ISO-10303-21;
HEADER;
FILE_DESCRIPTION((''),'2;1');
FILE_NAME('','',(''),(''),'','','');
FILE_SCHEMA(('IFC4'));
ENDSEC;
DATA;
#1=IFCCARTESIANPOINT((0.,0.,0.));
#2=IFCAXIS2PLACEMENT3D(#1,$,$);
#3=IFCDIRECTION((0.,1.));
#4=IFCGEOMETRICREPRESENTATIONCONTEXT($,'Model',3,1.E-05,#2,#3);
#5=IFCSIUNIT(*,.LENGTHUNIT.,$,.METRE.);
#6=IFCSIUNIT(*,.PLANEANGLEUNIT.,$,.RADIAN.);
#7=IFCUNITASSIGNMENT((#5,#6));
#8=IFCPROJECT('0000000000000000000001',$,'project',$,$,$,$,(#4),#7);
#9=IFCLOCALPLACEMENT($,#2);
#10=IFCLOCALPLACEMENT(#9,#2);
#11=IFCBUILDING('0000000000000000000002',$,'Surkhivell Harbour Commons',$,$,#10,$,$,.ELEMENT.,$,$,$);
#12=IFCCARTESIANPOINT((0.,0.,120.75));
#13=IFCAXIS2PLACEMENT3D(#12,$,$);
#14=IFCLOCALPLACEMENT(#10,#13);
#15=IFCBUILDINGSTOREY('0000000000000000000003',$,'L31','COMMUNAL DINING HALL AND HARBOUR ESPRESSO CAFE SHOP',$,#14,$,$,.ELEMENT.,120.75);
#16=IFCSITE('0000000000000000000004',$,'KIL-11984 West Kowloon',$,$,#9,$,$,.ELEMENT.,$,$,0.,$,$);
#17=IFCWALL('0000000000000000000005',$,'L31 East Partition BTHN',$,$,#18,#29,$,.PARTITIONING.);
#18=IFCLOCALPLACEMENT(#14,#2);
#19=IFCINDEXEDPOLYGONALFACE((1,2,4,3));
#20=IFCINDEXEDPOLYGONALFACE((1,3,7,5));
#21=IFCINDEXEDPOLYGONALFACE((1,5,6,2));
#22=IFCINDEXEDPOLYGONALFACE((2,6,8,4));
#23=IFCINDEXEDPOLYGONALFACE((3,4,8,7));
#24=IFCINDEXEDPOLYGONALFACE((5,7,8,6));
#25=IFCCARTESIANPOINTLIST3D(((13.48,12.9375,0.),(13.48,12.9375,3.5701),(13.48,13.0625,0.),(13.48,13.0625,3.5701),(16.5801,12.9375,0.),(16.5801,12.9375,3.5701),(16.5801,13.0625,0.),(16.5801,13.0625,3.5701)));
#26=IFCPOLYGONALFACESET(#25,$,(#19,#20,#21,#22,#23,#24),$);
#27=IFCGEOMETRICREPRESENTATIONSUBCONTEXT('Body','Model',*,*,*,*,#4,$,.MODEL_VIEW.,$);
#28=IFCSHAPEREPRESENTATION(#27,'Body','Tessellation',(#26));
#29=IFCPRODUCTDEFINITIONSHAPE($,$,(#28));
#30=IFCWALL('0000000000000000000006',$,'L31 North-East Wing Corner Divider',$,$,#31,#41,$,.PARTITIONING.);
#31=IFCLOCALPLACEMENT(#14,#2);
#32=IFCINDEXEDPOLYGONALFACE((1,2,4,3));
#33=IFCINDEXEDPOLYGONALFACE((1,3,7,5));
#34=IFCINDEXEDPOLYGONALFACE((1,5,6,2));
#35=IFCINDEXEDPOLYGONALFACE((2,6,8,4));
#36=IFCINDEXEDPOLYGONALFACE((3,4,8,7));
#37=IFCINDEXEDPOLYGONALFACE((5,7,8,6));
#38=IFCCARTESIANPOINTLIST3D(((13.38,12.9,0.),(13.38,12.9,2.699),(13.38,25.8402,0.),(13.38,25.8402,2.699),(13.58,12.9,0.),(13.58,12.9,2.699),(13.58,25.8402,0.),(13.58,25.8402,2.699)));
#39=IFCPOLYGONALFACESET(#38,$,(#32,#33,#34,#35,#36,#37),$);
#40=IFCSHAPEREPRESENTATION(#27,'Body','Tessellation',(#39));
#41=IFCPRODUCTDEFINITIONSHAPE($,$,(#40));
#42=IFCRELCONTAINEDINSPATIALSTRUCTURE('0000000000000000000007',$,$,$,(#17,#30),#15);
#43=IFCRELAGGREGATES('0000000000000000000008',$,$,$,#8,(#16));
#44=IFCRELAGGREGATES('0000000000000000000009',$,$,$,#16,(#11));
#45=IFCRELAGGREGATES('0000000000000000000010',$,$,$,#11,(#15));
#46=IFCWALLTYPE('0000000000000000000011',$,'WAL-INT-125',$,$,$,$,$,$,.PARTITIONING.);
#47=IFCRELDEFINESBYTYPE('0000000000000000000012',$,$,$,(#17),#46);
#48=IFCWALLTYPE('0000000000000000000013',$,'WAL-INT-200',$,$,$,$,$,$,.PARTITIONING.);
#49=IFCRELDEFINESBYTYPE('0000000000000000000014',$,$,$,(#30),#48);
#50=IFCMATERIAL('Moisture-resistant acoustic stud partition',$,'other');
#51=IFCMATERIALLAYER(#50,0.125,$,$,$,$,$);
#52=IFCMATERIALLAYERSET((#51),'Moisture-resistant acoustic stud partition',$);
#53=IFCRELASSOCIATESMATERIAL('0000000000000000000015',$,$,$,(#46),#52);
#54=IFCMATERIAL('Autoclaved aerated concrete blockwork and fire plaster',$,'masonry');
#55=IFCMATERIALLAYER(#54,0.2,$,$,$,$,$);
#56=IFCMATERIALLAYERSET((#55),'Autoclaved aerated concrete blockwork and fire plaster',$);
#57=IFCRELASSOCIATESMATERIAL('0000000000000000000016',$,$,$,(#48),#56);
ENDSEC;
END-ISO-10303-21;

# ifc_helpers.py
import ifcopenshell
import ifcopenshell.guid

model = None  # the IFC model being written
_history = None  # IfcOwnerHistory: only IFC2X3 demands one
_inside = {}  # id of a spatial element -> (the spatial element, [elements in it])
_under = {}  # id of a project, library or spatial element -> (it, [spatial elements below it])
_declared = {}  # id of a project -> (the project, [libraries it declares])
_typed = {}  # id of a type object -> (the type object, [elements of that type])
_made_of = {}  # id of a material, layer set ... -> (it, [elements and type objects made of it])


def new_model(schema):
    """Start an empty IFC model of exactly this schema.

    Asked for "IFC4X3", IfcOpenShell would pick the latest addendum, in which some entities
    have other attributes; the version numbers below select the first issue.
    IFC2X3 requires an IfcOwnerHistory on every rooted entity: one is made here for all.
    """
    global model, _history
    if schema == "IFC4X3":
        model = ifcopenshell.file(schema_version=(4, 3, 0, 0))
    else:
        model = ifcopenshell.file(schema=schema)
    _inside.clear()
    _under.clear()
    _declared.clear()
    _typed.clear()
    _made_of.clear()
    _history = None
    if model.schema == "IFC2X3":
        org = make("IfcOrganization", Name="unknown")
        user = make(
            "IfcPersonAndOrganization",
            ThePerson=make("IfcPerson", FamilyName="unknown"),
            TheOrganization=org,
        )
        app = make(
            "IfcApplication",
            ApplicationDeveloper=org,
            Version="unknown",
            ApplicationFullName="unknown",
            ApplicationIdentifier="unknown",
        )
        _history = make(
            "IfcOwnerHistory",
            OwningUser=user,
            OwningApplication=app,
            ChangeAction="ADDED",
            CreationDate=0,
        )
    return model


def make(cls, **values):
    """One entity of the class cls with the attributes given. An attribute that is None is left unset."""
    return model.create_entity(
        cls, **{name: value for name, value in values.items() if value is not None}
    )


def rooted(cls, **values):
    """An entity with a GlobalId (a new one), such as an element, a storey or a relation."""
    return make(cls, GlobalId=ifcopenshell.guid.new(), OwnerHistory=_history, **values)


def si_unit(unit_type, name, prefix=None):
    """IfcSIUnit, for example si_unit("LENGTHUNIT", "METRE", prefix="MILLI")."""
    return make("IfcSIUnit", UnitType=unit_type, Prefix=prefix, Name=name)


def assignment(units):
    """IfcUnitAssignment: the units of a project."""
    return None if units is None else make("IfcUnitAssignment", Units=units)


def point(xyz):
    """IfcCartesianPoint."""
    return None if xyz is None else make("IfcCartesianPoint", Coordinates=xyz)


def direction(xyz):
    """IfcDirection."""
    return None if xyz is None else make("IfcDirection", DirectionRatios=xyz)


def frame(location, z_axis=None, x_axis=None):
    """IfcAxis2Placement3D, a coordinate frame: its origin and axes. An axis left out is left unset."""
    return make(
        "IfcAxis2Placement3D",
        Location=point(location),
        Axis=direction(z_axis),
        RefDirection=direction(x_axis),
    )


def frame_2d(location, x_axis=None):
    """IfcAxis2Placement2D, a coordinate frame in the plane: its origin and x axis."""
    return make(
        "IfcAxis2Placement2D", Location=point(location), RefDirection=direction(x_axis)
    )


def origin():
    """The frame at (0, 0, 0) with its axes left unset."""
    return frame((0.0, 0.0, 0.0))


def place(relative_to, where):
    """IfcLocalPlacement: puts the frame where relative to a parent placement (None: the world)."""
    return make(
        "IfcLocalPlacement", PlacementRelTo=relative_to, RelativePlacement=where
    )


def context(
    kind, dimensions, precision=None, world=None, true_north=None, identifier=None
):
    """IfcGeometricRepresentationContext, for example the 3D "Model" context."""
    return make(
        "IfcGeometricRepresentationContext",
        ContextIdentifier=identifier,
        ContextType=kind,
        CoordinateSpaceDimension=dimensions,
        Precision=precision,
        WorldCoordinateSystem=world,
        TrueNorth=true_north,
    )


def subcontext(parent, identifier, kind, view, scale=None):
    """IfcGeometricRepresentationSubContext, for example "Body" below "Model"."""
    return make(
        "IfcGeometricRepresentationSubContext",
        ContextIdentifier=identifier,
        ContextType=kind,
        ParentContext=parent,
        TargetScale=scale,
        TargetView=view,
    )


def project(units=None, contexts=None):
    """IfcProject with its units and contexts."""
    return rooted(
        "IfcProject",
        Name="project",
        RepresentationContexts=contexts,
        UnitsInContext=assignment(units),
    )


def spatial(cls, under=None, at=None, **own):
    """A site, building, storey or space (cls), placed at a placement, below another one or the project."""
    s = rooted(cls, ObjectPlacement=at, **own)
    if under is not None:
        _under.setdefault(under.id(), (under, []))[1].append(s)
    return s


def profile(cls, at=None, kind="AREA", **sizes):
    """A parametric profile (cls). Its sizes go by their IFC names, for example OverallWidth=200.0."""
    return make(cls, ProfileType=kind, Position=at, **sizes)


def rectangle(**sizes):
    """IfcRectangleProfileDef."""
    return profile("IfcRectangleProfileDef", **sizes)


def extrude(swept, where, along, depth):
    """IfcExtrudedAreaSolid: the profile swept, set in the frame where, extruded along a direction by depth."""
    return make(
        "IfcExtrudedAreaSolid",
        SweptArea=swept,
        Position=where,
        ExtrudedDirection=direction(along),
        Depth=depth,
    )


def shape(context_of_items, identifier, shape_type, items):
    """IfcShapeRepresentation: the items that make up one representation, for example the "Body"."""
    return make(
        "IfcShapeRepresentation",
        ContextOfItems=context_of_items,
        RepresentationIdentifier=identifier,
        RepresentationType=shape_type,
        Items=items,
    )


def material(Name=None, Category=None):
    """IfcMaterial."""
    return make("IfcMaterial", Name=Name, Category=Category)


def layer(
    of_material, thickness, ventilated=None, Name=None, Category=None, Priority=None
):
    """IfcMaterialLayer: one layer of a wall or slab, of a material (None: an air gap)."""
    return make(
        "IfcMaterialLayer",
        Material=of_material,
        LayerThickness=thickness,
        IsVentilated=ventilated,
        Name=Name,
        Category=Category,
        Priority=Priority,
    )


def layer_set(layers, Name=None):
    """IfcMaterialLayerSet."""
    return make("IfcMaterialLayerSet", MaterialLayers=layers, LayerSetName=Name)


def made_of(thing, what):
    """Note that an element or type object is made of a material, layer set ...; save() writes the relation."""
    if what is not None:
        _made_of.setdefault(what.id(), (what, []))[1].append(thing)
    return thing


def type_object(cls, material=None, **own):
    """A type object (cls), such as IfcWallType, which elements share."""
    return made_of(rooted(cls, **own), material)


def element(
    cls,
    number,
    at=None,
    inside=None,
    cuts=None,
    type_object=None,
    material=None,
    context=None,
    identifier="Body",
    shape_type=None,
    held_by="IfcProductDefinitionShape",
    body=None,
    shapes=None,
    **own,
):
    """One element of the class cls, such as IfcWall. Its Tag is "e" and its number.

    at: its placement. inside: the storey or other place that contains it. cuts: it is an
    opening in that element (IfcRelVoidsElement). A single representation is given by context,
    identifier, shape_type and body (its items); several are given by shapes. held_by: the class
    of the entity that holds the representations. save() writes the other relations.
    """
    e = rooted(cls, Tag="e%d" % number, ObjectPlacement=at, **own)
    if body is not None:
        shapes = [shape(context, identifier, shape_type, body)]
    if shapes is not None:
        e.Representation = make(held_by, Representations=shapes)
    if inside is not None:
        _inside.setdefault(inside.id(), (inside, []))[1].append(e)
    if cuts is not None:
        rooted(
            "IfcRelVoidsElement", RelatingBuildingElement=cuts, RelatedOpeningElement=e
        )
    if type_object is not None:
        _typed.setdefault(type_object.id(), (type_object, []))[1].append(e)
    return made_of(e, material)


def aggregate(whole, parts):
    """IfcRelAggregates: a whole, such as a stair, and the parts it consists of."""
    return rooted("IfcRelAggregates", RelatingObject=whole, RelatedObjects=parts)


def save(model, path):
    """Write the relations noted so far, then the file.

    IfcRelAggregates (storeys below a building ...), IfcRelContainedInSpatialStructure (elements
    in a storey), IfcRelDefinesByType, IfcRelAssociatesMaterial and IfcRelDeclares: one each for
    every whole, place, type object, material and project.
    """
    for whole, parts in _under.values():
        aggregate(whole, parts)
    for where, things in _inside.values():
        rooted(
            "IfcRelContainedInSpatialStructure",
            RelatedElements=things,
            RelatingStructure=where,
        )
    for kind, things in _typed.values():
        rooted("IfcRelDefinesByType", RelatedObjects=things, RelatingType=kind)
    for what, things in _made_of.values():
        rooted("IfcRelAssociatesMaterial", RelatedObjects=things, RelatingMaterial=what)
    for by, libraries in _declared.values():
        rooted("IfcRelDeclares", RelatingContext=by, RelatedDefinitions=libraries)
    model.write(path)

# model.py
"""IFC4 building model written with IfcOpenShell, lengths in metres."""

from ifc_helpers import new_model, si_unit, direction, frame, frame_2d, origin, place, context, subcontext, project, spatial, rectangle, extrude, material, layer, layer_set, type_object, element, save


model = new_model("IFC4")

# Units and contexts
model_context = context("Model", 3, precision=1e-05, world=origin(), true_north=direction((0.0, 1.0)))
body_context = subcontext(model_context, "Body", "Model", "MODEL_VIEW")
ifc_project = project(units=[si_unit("LENGTHUNIT", "METRE"), si_unit("PLANEANGLEUNIT", "RADIAN")], contexts=[model_context])

# Site, building, storey
site_placement = place(None, origin())
site = spatial("IfcSite", under=ifc_project, at=site_placement, Name="KIL-11984 West Kowloon", CompositionType="ELEMENT", RefElevation=0.0)
building_placement = place(site_placement, origin())
building = spatial("IfcBuilding", under=site, at=building_placement, Name="Surkhivell Harbour Commons", CompositionType="ELEMENT")
storey_placement = place(building_placement, frame((0.0, 0.0, 120.75)))
storey = spatial("IfcBuildingStorey", under=building, at=storey_placement, Name="L31", Description="COMMUNAL DINING HALL AND HARBOUR ESPRESSO CAFE SHOP", CompositionType="ELEMENT", Elevation=120.75)

# Walls
ifc_material_1 = material(Name="Moisture-resistant acoustic stud partition", Category="other")
ifc_layer_1 = layer(ifc_material_1, 0.125)
ifc_layer_set_1 = layer_set([ifc_layer_1], Name="Moisture-resistant acoustic stud partition")
wall_type_1 = type_object("IfcWallType", Name="WAL-INT-125", PredefinedType="PARTITIONING", material=ifc_layer_set_1)
wall_1_placement = place(storey_placement, frame((13.48, 13.0, 0.0), z_axis=(0.0, 0.0, 1.0), x_axis=(1.0, 0.0, 0.0)))
element("IfcWall", 1, at=wall_1_placement, inside=storey, type_object=wall_type_1, Name="L31 East Partition BTHN", PredefinedType="PARTITIONING", context=body_context, shape_type="SweptSolid", body=[
    extrude(rectangle(XDim=3.1001, YDim=0.125, at=frame_2d((1.55, 0.0))), origin(), (0.0, 0.0, 1.0), 3.5701),
])
ifc_material_2 = material(Name="Autoclaved aerated concrete blockwork and fire plaster", Category="masonry")
ifc_layer_2 = layer(ifc_material_2, 0.2)
ifc_layer_set_2 = layer_set([ifc_layer_2], Name="Autoclaved aerated concrete blockwork and fire plaster")
wall_type_2 = type_object("IfcWallType", Name="WAL-INT-200", PredefinedType="PARTITIONING", material=ifc_layer_set_2)
wall_2_placement = place(storey_placement, frame((13.48, 12.8999, 0.0), z_axis=(0.0, 0.0, 1.0), x_axis=(0.0, 1.0, 0.0)))
element("IfcWall", 2, at=wall_2_placement, inside=storey, type_object=wall_type_2, Name="L31 North-East Wing Corner Divider", PredefinedType="PARTITIONING", context=body_context, shape_type="SweptSolid", body=[
    extrude(rectangle(XDim=12.9402, YDim=0.2, at=frame_2d((6.4702, 0.0))), origin(), (0.0, 0.0, 1.0), 2.699),
])

save(model, "model.ifc")
